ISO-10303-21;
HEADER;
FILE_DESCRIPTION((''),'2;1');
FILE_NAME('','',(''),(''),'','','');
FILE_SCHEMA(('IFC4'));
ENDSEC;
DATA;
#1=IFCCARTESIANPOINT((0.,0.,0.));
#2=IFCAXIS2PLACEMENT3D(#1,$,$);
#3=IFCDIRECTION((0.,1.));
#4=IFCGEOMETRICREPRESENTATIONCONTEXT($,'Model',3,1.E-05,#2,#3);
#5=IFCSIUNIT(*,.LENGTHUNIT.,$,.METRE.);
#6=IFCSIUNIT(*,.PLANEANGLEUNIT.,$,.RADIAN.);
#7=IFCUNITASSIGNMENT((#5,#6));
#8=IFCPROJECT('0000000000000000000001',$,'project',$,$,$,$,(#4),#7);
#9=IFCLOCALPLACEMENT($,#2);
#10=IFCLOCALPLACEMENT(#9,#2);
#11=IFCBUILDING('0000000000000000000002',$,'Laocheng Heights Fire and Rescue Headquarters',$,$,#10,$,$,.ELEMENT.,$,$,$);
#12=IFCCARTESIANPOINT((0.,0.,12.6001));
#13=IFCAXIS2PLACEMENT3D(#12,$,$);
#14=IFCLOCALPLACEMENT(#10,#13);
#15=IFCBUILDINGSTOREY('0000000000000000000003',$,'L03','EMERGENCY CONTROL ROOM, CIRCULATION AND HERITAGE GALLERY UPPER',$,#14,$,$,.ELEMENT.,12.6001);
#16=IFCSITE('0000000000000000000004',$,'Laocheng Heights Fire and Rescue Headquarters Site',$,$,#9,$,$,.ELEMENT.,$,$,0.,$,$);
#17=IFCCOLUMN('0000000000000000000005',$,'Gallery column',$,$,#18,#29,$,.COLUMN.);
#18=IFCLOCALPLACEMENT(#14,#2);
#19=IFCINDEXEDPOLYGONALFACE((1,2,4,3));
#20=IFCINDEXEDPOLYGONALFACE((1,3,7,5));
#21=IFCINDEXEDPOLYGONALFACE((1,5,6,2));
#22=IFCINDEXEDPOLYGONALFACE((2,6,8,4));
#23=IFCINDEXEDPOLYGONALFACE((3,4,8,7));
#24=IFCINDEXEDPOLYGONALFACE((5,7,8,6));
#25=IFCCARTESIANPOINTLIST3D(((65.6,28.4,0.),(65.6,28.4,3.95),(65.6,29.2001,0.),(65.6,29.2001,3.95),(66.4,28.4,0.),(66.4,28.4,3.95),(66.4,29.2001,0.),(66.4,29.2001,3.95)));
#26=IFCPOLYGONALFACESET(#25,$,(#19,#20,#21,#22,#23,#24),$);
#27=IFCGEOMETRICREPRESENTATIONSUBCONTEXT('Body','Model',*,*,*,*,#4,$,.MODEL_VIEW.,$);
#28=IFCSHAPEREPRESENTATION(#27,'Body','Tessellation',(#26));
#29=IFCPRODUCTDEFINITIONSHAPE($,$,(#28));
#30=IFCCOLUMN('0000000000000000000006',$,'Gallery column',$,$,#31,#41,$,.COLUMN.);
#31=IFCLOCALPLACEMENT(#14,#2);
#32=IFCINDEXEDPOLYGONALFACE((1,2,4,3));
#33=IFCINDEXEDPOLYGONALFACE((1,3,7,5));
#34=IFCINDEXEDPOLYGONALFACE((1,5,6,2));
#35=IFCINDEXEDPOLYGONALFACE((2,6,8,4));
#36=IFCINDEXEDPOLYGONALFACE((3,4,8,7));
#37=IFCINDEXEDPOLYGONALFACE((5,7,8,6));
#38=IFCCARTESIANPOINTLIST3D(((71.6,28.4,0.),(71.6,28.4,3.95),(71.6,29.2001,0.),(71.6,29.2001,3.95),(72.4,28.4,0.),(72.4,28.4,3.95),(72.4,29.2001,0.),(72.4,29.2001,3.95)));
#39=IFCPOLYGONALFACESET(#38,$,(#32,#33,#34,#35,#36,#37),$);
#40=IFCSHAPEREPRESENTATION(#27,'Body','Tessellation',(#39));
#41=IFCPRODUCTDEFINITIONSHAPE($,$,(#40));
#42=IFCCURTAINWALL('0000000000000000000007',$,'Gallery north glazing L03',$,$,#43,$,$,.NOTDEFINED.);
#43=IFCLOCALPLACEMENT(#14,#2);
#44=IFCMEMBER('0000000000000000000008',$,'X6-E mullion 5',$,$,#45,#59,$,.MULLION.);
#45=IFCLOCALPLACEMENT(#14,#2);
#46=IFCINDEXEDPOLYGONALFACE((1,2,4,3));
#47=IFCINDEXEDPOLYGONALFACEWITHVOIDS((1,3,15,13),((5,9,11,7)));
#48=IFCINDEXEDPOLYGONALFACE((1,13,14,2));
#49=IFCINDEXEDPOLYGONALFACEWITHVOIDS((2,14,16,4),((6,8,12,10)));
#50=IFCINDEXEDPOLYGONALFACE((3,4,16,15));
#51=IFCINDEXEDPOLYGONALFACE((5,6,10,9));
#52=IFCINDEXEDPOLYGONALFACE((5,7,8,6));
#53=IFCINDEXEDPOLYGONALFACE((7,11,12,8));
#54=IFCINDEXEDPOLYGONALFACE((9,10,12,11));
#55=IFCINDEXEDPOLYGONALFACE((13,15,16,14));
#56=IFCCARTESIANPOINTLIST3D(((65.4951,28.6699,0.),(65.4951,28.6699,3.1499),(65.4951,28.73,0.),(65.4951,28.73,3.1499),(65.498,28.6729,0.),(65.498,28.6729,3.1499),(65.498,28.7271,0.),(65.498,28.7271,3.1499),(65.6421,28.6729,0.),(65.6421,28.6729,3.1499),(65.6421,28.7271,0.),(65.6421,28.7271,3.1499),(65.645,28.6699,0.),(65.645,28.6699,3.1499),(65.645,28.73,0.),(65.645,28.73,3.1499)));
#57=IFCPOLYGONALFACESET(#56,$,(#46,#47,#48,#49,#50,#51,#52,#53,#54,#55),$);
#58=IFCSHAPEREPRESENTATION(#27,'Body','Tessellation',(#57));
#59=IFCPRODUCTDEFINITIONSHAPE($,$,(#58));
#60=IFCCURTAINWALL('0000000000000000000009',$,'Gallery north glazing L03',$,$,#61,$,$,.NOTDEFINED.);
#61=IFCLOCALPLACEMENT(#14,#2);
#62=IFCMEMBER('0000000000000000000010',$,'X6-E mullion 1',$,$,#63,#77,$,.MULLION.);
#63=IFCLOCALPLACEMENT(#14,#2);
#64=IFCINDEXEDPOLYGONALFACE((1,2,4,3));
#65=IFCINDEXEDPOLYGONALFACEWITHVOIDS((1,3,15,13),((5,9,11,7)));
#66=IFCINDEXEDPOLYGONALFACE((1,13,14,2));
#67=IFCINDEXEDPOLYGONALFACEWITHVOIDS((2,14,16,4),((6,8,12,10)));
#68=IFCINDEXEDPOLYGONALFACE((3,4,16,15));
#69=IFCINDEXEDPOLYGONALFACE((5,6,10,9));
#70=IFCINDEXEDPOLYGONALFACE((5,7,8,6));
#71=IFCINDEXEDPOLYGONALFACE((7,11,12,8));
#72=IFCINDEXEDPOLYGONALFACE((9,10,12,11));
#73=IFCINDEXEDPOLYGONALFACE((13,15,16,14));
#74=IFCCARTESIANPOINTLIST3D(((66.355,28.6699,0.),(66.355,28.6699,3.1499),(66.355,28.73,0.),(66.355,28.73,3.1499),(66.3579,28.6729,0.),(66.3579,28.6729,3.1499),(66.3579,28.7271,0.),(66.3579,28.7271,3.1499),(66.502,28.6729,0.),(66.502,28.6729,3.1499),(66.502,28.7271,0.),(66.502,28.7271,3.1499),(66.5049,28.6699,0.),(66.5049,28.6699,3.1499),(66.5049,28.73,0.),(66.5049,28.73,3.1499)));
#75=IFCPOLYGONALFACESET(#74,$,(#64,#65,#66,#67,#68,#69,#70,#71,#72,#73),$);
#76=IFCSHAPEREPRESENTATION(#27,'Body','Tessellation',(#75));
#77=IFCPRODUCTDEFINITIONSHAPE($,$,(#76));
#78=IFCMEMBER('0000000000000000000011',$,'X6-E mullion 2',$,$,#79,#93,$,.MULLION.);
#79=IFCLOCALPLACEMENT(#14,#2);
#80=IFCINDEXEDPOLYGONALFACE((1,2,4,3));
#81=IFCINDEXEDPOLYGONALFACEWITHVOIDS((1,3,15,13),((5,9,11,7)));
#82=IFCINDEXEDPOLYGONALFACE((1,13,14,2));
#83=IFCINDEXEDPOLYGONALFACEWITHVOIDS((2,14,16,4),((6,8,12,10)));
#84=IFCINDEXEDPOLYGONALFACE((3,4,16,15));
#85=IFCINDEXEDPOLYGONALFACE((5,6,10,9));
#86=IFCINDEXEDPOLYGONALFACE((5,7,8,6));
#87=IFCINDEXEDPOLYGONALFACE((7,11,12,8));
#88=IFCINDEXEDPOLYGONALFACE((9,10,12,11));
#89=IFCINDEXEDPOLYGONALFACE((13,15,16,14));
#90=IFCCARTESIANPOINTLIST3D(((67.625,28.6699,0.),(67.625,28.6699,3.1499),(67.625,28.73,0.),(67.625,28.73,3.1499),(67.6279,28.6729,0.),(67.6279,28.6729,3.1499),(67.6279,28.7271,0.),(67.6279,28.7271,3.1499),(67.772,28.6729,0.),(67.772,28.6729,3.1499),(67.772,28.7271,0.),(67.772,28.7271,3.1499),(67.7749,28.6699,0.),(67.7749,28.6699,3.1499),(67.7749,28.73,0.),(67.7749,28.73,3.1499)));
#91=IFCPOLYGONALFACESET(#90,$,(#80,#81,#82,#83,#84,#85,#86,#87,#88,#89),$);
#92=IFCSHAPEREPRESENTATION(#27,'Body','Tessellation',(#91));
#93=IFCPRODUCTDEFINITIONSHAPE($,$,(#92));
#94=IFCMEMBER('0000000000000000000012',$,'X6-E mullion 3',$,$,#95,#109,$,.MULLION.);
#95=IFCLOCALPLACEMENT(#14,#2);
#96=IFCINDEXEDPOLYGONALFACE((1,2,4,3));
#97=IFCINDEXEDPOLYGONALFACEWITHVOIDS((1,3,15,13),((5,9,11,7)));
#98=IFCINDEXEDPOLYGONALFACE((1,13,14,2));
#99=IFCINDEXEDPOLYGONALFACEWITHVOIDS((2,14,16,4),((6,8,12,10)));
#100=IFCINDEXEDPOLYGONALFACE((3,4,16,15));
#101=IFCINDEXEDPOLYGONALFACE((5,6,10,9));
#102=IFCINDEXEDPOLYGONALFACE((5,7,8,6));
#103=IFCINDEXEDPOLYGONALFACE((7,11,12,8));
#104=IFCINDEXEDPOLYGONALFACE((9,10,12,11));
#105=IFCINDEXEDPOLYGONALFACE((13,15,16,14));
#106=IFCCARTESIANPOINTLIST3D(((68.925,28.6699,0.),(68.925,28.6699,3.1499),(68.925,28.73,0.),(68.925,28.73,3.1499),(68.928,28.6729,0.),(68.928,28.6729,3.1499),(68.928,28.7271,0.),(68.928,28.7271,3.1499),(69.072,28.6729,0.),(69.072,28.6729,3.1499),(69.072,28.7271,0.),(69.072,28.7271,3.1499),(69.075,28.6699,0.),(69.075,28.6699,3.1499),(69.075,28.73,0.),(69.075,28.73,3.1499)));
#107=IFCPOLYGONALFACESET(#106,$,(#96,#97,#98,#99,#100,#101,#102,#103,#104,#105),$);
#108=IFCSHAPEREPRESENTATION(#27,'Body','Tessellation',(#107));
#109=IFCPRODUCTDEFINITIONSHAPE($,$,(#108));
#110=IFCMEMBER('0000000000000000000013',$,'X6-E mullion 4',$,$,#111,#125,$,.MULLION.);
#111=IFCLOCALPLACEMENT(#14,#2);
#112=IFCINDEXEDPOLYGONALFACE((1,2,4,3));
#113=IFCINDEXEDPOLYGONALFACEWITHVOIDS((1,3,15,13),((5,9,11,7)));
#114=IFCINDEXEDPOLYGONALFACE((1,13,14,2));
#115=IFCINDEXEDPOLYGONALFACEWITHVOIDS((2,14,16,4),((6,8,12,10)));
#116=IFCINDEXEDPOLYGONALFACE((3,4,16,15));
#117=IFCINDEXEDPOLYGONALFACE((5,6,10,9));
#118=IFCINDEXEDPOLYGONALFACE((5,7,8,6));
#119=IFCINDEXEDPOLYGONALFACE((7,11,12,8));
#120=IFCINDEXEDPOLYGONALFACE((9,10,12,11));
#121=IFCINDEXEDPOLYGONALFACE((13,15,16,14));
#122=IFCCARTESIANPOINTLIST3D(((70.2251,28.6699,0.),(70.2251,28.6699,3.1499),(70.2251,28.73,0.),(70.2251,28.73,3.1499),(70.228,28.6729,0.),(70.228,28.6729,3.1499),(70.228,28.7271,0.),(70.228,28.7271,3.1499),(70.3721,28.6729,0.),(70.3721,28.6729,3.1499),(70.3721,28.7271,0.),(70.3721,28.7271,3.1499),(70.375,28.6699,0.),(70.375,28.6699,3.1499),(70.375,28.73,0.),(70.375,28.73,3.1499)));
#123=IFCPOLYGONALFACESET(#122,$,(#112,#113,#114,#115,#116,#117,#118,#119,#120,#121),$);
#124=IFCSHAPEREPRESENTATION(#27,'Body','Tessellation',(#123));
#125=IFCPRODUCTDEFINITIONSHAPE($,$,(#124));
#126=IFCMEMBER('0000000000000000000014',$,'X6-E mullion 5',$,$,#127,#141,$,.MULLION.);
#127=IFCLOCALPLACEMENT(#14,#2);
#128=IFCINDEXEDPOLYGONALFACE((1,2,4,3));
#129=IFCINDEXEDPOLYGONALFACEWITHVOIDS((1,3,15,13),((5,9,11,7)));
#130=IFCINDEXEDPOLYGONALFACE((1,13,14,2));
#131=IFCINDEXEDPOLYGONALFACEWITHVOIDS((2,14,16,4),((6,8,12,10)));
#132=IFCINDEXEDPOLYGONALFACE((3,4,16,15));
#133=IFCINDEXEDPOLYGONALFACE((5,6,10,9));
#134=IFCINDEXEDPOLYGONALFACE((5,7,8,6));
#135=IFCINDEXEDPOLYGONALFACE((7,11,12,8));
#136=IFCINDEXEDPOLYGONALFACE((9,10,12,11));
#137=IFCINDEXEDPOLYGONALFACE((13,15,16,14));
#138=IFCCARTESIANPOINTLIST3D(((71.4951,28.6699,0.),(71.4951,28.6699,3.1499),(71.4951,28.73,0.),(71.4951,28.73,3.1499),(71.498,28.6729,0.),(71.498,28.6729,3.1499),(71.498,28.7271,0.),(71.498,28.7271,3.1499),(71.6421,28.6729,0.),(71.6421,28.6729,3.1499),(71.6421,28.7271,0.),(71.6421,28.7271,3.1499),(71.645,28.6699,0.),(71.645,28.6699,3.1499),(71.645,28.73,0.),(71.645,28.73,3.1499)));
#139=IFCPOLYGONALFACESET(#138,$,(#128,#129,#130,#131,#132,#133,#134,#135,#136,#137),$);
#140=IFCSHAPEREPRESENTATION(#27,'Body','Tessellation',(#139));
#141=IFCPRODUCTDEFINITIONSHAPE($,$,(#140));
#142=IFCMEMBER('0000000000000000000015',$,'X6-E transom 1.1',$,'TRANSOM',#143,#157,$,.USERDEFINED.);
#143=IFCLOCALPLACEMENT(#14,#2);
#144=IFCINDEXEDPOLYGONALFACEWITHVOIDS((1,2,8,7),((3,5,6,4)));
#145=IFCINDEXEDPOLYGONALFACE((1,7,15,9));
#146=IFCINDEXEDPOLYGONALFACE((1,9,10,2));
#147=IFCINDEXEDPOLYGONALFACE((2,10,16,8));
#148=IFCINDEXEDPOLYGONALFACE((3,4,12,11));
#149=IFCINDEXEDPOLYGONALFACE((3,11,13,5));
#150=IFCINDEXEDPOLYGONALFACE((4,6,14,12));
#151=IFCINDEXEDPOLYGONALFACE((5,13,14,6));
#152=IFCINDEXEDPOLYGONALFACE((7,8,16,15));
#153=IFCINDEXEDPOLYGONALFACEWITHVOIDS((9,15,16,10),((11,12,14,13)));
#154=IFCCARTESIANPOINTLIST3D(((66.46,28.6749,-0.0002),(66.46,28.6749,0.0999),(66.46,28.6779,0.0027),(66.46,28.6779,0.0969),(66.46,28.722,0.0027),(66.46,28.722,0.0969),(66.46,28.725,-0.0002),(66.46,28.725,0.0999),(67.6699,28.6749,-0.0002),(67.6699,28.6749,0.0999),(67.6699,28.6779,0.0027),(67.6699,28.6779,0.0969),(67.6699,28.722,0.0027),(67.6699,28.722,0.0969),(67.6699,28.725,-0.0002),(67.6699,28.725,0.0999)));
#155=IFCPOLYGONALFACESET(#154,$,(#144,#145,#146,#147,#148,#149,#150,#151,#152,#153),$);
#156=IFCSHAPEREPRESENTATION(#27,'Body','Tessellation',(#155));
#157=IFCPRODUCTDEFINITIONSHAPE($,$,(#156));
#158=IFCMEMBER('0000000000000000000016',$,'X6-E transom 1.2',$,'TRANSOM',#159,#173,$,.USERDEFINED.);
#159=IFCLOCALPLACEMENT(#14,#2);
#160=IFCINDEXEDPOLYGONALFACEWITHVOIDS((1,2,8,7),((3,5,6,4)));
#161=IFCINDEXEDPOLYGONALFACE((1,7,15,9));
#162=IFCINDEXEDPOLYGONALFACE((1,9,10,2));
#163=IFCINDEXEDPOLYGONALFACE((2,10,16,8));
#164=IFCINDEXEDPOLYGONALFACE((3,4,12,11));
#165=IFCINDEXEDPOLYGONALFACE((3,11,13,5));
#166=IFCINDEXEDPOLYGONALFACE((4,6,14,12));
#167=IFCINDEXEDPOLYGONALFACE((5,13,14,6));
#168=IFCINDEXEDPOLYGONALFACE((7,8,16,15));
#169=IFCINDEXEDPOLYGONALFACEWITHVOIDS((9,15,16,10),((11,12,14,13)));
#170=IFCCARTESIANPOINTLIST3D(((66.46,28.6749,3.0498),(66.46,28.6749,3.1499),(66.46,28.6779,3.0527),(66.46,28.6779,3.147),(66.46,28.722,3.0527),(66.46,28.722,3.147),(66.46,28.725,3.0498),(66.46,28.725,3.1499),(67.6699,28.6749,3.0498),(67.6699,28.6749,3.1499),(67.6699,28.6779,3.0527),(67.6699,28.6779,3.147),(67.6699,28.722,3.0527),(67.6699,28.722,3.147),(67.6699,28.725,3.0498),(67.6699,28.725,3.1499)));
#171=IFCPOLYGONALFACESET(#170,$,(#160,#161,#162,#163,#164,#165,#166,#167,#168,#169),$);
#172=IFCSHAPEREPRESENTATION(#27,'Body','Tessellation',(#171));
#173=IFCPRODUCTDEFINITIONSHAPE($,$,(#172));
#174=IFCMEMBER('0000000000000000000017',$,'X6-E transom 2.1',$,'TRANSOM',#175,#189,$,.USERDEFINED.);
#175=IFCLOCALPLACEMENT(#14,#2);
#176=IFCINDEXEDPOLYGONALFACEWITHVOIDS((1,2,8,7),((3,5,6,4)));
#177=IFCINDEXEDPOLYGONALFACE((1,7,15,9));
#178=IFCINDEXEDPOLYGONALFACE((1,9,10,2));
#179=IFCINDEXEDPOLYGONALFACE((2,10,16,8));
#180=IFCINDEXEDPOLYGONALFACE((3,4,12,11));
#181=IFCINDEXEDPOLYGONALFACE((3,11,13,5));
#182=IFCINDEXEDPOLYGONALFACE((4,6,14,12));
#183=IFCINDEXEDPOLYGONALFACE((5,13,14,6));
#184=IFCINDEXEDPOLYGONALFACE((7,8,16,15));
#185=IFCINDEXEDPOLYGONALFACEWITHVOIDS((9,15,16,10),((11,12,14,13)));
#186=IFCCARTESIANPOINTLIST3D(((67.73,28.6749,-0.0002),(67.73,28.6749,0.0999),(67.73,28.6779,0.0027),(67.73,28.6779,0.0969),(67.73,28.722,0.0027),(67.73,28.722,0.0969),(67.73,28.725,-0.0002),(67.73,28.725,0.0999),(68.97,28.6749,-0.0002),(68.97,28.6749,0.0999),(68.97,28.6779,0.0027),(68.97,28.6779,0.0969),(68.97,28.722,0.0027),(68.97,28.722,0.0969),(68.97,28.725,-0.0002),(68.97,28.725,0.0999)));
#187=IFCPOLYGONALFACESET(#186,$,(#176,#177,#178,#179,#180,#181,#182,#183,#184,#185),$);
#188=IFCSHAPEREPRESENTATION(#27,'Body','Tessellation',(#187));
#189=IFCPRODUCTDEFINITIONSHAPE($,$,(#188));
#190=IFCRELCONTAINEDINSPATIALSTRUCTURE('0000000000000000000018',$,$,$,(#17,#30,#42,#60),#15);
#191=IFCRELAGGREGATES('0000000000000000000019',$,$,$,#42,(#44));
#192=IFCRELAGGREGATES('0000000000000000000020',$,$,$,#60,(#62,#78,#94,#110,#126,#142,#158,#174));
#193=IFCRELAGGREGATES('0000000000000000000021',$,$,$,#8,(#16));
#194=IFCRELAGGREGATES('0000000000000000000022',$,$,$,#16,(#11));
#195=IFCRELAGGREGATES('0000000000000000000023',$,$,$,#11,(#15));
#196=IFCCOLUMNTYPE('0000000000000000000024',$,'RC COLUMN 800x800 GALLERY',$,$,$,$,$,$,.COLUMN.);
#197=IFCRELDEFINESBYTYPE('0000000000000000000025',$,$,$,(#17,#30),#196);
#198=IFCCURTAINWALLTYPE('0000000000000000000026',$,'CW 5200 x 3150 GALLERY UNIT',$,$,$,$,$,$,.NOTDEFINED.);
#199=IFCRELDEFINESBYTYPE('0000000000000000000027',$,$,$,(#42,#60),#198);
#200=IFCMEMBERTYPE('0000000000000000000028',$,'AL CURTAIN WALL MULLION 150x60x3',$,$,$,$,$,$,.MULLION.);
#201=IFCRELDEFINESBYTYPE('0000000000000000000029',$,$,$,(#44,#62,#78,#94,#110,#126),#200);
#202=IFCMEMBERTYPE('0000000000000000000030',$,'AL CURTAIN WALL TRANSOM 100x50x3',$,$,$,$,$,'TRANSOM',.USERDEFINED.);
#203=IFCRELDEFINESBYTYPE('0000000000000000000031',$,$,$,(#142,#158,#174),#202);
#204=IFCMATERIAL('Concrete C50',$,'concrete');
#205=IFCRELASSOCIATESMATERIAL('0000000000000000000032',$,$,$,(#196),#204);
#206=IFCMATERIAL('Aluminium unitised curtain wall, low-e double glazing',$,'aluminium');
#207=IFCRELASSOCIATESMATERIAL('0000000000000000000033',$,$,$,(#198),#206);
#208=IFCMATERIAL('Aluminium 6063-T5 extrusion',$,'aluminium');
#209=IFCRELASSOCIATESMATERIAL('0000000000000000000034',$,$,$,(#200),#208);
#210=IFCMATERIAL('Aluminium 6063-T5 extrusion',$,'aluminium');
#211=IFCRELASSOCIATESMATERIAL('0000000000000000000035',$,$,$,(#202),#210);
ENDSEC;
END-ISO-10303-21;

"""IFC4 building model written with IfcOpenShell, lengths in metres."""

from ifc_helpers import new_model, si_unit, direction, frame, origin, origin_2d, place, context, subcontext, project, spatial, rectangle, hollow_rectangle, extrude, material, material_profile, profile_set, type_object, element, aggregate, save


model = new_model("IFC4")

# Units and contexts
model_context = context("Model", 3, precision=1e-05, world=origin(), true_north=direction((0.0, 1.0)))
body_context = subcontext(model_context, "Body", "Model", "MODEL_VIEW")
ifc_project = project(units=[si_unit("LENGTHUNIT", "METRE"), si_unit("PLANEANGLEUNIT", "RADIAN")], contexts=[model_context])

# Site, building, storey
site_placement = place(None, origin())
site = spatial("IfcSite", under=ifc_project, at=site_placement, Name="Laocheng Heights Fire and Rescue Headquarters Site", CompositionType="ELEMENT", RefElevation=0.0)
building_placement = place(site_placement, origin())
building = spatial("IfcBuilding", under=site, at=building_placement, Name="Laocheng Heights Fire and Rescue Headquarters", CompositionType="ELEMENT")
storey_placement = place(building_placement, frame((0.0, 0.0, 12.6001)))
storey = spatial("IfcBuildingStorey", under=building, at=storey_placement, Name="L03", Description="EMERGENCY CONTROL ROOM, CIRCULATION AND HERITAGE GALLERY UPPER", CompositionType="ELEMENT", Elevation=12.6001)

# Columns
ifc_material_1 = material(Name="Concrete C50", Category="concrete")
ifc_material_profile_1 = material_profile(ifc_material_1, rectangle(XDim=0.8, YDim=0.8, at=origin_2d()), Name="RC COLUMN 800x800 GALLERY")
ifc_profile_set_1 = profile_set([ifc_material_profile_1], Name="Concrete C50")
column_type = type_object("IfcColumnType", Name="RC COLUMN 800x800 GALLERY", PredefinedType="COLUMN", material=ifc_profile_set_1)
for number, where, z_axis, x_axis, name in (
    (1, (66.0, 28.8, 0.0), (0.0, 0.0, 1.0), (1.0, 0.0, 0.0), "Gallery column"),
    (2, (72.0, 28.8, 0.0), (0.0, 0.0, 1.0), (1.0, 0.0, 0.0), "Gallery column"),
):
    element("IfcColumn", number, at=place(storey_placement, frame(where, z_axis=z_axis, x_axis=x_axis)), inside=storey, type_object=column_type, Name=name, PredefinedType="COLUMN", context=body_context, shape_type="SweptSolid", body=[
        extrude(rectangle(XDim=0.8, YDim=0.8, at=origin_2d()), origin(), (0.0, 0.0, 1.0), 3.95),
    ])

# Curtain wall, member
ifc_material_2 = material(Name="Aluminium unitised curtain wall, low-e double glazing", Category="aluminium")
curtain_wall_type_1 = type_object("IfcCurtainWallType", Name="CW 5200 x 3150 GALLERY UNIT", PredefinedType="NOTDEFINED", material=ifc_material_2)
curtain_wall_1_placement = place(storey_placement, origin())
curtain_wall_1 = element("IfcCurtainWall", 3, at=curtain_wall_1_placement, inside=storey, type_object=curtain_wall_type_1, Name="Gallery north glazing L03", PredefinedType="NOTDEFINED")
ifc_material_3 = material(Name="Aluminium 6063-T5 extrusion", Category="aluminium")
ifc_material_profile_2 = material_profile(ifc_material_3, hollow_rectangle(XDim=0.0601, YDim=0.1499, WallThickness=0.0029, at=origin_2d()), Name="AL MULLION 150x60x3")
ifc_profile_set_2 = profile_set([ifc_material_profile_2], Name="Aluminium 6063-T5 extrusion")
member_type_1 = type_object("IfcMemberType", Name="AL CURTAIN WALL MULLION 150x60x3", PredefinedType="MULLION", material=ifc_profile_set_2)
member_1_placement = place(storey_placement, frame((65.5701, 28.7, 0.0), z_axis=(0.0, 0.0, 1.0), x_axis=(0.0, 1.0, 0.0)))
member_1 = element("IfcMember", 4, at=member_1_placement, type_object=member_type_1, Name="X6-E mullion 5", PredefinedType="MULLION", context=body_context, shape_type="SweptSolid", body=[
    extrude(hollow_rectangle(XDim=0.0601, YDim=0.1499, WallThickness=0.0029, at=origin_2d()), origin(), (0.0, 0.0, 1.0), 3.1499),
])

# Curtain wall, members
curtain_wall_2_placement = place(storey_placement, origin())
curtain_wall_2 = element("IfcCurtainWall", 5, at=curtain_wall_2_placement, inside=storey, type_object=curtain_wall_type_1, Name="Gallery north glazing L03", PredefinedType="NOTDEFINED")
member_2_placement = place(storey_placement, frame((66.4299, 28.7, 0.0), z_axis=(0.0, 0.0, 1.0), x_axis=(0.0, 1.0, 0.0)))
member_2 = element("IfcMember", 6, at=member_2_placement, type_object=member_type_1, Name="X6-E mullion 1", PredefinedType="MULLION", context=body_context, shape_type="SweptSolid", body=[
    extrude(hollow_rectangle(XDim=0.0601, YDim=0.1499, WallThickness=0.0029, at=origin_2d()), origin(), (0.0, 0.0, 1.0), 3.1499),
])
member_3_placement = place(storey_placement, frame((67.7, 28.7, 0.0), z_axis=(0.0, 0.0, 1.0), x_axis=(0.0, 1.0, 0.0)))
member_3 = element("IfcMember", 7, at=member_3_placement, type_object=member_type_1, Name="X6-E mullion 2", PredefinedType="MULLION", context=body_context, shape_type="SweptSolid", body=[
    extrude(hollow_rectangle(XDim=0.0601, YDim=0.1499, WallThickness=0.0029, at=origin_2d()), origin(), (0.0, 0.0, 1.0), 3.1499),
])
member_4_placement = place(storey_placement, frame((69.0, 28.7, 0.0), z_axis=(0.0, 0.0, 1.0), x_axis=(0.0, 1.0, 0.0)))
member_4 = element("IfcMember", 8, at=member_4_placement, type_object=member_type_1, Name="X6-E mullion 3", PredefinedType="MULLION", context=body_context, shape_type="SweptSolid", body=[
    extrude(hollow_rectangle(XDim=0.0601, YDim=0.1499, WallThickness=0.0029, at=origin_2d()), origin(), (0.0, 0.0, 1.0), 3.1499),
])
member_5_placement = place(storey_placement, frame((70.3, 28.7, 0.0), z_axis=(0.0, 0.0, 1.0), x_axis=(0.0, 1.0, 0.0)))
member_5 = element("IfcMember", 9, at=member_5_placement, type_object=member_type_1, Name="X6-E mullion 4", PredefinedType="MULLION", context=body_context, shape_type="SweptSolid", body=[
    extrude(hollow_rectangle(XDim=0.0601, YDim=0.1499, WallThickness=0.0029, at=origin_2d()), origin(), (0.0, 0.0, 1.0), 3.1499),
])
member_6_placement = place(storey_placement, frame((71.5701, 28.7, 0.0), z_axis=(0.0, 0.0, 1.0), x_axis=(0.0, 1.0, 0.0)))
member_6 = element("IfcMember", 10, at=member_6_placement, type_object=member_type_1, Name="X6-E mullion 5", PredefinedType="MULLION", context=body_context, shape_type="SweptSolid", body=[
    extrude(hollow_rectangle(XDim=0.0601, YDim=0.1499, WallThickness=0.0029, at=origin_2d()), origin(), (0.0, 0.0, 1.0), 3.1499),
])
ifc_material_4 = material(Name="Aluminium 6063-T5 extrusion", Category="aluminium")
ifc_material_profile_3 = material_profile(ifc_material_4, hollow_rectangle(XDim=0.05, YDim=0.1001, WallThickness=0.0029, at=origin_2d()), Name="AL TRANSOM 100x50x3")
ifc_profile_set_3 = profile_set([ifc_material_profile_3], Name="Aluminium 6063-T5 extrusion")
member_type_2 = type_object("IfcMemberType", Name="AL CURTAIN WALL TRANSOM 100x50x3", ElementType="TRANSOM", PredefinedType="USERDEFINED", material=ifc_profile_set_3)
member_7_placement = place(storey_placement, frame((66.46, 28.7, 0.0498), z_axis=(1.0, 0.0, 0.0), x_axis=(0.0, 1.0, 0.0)))
member_7 = element("IfcMember", 11, at=member_7_placement, type_object=member_type_2, Name="X6-E transom 1.1", ObjectType="TRANSOM", PredefinedType="USERDEFINED", context=body_context, shape_type="SweptSolid", body=[
    extrude(hollow_rectangle(XDim=0.05, YDim=0.1001, WallThickness=0.0029, at=origin_2d()), origin(), (0.0, 0.0, 1.0), 1.21),
])
member_8_placement = place(storey_placement, frame((66.46, 28.7, 3.0999), z_axis=(1.0, 0.0, 0.0), x_axis=(0.0, 1.0, 0.0)))
member_8 = element("IfcMember", 12, at=member_8_placement, type_object=member_type_2, Name="X6-E transom 1.2", ObjectType="TRANSOM", PredefinedType="USERDEFINED", context=body_context, shape_type="SweptSolid", body=[
    extrude(hollow_rectangle(XDim=0.05, YDim=0.1001, WallThickness=0.0029, at=origin_2d()), origin(), (0.0, 0.0, 1.0), 1.21),
])
member_9_placement = place(storey_placement, frame((67.73, 28.7, 0.0498), z_axis=(1.0, 0.0, 0.0), x_axis=(0.0, 1.0, 0.0)))
member_9 = element("IfcMember", 13, at=member_9_placement, type_object=member_type_2, Name="X6-E transom 2.1", ObjectType="TRANSOM", PredefinedType="USERDEFINED", context=body_context, shape_type="SweptSolid", body=[
    extrude(hollow_rectangle(XDim=0.05, YDim=0.1001, WallThickness=0.0029, at=origin_2d()), origin(), (0.0, 0.0, 1.0), 1.24),
])

aggregate(curtain_wall_1, [member_1])
aggregate(curtain_wall_2, [member_2, member_3, member_4, member_5, member_6, member_7, member_8, member_9])

save(model, "model.ifc")
